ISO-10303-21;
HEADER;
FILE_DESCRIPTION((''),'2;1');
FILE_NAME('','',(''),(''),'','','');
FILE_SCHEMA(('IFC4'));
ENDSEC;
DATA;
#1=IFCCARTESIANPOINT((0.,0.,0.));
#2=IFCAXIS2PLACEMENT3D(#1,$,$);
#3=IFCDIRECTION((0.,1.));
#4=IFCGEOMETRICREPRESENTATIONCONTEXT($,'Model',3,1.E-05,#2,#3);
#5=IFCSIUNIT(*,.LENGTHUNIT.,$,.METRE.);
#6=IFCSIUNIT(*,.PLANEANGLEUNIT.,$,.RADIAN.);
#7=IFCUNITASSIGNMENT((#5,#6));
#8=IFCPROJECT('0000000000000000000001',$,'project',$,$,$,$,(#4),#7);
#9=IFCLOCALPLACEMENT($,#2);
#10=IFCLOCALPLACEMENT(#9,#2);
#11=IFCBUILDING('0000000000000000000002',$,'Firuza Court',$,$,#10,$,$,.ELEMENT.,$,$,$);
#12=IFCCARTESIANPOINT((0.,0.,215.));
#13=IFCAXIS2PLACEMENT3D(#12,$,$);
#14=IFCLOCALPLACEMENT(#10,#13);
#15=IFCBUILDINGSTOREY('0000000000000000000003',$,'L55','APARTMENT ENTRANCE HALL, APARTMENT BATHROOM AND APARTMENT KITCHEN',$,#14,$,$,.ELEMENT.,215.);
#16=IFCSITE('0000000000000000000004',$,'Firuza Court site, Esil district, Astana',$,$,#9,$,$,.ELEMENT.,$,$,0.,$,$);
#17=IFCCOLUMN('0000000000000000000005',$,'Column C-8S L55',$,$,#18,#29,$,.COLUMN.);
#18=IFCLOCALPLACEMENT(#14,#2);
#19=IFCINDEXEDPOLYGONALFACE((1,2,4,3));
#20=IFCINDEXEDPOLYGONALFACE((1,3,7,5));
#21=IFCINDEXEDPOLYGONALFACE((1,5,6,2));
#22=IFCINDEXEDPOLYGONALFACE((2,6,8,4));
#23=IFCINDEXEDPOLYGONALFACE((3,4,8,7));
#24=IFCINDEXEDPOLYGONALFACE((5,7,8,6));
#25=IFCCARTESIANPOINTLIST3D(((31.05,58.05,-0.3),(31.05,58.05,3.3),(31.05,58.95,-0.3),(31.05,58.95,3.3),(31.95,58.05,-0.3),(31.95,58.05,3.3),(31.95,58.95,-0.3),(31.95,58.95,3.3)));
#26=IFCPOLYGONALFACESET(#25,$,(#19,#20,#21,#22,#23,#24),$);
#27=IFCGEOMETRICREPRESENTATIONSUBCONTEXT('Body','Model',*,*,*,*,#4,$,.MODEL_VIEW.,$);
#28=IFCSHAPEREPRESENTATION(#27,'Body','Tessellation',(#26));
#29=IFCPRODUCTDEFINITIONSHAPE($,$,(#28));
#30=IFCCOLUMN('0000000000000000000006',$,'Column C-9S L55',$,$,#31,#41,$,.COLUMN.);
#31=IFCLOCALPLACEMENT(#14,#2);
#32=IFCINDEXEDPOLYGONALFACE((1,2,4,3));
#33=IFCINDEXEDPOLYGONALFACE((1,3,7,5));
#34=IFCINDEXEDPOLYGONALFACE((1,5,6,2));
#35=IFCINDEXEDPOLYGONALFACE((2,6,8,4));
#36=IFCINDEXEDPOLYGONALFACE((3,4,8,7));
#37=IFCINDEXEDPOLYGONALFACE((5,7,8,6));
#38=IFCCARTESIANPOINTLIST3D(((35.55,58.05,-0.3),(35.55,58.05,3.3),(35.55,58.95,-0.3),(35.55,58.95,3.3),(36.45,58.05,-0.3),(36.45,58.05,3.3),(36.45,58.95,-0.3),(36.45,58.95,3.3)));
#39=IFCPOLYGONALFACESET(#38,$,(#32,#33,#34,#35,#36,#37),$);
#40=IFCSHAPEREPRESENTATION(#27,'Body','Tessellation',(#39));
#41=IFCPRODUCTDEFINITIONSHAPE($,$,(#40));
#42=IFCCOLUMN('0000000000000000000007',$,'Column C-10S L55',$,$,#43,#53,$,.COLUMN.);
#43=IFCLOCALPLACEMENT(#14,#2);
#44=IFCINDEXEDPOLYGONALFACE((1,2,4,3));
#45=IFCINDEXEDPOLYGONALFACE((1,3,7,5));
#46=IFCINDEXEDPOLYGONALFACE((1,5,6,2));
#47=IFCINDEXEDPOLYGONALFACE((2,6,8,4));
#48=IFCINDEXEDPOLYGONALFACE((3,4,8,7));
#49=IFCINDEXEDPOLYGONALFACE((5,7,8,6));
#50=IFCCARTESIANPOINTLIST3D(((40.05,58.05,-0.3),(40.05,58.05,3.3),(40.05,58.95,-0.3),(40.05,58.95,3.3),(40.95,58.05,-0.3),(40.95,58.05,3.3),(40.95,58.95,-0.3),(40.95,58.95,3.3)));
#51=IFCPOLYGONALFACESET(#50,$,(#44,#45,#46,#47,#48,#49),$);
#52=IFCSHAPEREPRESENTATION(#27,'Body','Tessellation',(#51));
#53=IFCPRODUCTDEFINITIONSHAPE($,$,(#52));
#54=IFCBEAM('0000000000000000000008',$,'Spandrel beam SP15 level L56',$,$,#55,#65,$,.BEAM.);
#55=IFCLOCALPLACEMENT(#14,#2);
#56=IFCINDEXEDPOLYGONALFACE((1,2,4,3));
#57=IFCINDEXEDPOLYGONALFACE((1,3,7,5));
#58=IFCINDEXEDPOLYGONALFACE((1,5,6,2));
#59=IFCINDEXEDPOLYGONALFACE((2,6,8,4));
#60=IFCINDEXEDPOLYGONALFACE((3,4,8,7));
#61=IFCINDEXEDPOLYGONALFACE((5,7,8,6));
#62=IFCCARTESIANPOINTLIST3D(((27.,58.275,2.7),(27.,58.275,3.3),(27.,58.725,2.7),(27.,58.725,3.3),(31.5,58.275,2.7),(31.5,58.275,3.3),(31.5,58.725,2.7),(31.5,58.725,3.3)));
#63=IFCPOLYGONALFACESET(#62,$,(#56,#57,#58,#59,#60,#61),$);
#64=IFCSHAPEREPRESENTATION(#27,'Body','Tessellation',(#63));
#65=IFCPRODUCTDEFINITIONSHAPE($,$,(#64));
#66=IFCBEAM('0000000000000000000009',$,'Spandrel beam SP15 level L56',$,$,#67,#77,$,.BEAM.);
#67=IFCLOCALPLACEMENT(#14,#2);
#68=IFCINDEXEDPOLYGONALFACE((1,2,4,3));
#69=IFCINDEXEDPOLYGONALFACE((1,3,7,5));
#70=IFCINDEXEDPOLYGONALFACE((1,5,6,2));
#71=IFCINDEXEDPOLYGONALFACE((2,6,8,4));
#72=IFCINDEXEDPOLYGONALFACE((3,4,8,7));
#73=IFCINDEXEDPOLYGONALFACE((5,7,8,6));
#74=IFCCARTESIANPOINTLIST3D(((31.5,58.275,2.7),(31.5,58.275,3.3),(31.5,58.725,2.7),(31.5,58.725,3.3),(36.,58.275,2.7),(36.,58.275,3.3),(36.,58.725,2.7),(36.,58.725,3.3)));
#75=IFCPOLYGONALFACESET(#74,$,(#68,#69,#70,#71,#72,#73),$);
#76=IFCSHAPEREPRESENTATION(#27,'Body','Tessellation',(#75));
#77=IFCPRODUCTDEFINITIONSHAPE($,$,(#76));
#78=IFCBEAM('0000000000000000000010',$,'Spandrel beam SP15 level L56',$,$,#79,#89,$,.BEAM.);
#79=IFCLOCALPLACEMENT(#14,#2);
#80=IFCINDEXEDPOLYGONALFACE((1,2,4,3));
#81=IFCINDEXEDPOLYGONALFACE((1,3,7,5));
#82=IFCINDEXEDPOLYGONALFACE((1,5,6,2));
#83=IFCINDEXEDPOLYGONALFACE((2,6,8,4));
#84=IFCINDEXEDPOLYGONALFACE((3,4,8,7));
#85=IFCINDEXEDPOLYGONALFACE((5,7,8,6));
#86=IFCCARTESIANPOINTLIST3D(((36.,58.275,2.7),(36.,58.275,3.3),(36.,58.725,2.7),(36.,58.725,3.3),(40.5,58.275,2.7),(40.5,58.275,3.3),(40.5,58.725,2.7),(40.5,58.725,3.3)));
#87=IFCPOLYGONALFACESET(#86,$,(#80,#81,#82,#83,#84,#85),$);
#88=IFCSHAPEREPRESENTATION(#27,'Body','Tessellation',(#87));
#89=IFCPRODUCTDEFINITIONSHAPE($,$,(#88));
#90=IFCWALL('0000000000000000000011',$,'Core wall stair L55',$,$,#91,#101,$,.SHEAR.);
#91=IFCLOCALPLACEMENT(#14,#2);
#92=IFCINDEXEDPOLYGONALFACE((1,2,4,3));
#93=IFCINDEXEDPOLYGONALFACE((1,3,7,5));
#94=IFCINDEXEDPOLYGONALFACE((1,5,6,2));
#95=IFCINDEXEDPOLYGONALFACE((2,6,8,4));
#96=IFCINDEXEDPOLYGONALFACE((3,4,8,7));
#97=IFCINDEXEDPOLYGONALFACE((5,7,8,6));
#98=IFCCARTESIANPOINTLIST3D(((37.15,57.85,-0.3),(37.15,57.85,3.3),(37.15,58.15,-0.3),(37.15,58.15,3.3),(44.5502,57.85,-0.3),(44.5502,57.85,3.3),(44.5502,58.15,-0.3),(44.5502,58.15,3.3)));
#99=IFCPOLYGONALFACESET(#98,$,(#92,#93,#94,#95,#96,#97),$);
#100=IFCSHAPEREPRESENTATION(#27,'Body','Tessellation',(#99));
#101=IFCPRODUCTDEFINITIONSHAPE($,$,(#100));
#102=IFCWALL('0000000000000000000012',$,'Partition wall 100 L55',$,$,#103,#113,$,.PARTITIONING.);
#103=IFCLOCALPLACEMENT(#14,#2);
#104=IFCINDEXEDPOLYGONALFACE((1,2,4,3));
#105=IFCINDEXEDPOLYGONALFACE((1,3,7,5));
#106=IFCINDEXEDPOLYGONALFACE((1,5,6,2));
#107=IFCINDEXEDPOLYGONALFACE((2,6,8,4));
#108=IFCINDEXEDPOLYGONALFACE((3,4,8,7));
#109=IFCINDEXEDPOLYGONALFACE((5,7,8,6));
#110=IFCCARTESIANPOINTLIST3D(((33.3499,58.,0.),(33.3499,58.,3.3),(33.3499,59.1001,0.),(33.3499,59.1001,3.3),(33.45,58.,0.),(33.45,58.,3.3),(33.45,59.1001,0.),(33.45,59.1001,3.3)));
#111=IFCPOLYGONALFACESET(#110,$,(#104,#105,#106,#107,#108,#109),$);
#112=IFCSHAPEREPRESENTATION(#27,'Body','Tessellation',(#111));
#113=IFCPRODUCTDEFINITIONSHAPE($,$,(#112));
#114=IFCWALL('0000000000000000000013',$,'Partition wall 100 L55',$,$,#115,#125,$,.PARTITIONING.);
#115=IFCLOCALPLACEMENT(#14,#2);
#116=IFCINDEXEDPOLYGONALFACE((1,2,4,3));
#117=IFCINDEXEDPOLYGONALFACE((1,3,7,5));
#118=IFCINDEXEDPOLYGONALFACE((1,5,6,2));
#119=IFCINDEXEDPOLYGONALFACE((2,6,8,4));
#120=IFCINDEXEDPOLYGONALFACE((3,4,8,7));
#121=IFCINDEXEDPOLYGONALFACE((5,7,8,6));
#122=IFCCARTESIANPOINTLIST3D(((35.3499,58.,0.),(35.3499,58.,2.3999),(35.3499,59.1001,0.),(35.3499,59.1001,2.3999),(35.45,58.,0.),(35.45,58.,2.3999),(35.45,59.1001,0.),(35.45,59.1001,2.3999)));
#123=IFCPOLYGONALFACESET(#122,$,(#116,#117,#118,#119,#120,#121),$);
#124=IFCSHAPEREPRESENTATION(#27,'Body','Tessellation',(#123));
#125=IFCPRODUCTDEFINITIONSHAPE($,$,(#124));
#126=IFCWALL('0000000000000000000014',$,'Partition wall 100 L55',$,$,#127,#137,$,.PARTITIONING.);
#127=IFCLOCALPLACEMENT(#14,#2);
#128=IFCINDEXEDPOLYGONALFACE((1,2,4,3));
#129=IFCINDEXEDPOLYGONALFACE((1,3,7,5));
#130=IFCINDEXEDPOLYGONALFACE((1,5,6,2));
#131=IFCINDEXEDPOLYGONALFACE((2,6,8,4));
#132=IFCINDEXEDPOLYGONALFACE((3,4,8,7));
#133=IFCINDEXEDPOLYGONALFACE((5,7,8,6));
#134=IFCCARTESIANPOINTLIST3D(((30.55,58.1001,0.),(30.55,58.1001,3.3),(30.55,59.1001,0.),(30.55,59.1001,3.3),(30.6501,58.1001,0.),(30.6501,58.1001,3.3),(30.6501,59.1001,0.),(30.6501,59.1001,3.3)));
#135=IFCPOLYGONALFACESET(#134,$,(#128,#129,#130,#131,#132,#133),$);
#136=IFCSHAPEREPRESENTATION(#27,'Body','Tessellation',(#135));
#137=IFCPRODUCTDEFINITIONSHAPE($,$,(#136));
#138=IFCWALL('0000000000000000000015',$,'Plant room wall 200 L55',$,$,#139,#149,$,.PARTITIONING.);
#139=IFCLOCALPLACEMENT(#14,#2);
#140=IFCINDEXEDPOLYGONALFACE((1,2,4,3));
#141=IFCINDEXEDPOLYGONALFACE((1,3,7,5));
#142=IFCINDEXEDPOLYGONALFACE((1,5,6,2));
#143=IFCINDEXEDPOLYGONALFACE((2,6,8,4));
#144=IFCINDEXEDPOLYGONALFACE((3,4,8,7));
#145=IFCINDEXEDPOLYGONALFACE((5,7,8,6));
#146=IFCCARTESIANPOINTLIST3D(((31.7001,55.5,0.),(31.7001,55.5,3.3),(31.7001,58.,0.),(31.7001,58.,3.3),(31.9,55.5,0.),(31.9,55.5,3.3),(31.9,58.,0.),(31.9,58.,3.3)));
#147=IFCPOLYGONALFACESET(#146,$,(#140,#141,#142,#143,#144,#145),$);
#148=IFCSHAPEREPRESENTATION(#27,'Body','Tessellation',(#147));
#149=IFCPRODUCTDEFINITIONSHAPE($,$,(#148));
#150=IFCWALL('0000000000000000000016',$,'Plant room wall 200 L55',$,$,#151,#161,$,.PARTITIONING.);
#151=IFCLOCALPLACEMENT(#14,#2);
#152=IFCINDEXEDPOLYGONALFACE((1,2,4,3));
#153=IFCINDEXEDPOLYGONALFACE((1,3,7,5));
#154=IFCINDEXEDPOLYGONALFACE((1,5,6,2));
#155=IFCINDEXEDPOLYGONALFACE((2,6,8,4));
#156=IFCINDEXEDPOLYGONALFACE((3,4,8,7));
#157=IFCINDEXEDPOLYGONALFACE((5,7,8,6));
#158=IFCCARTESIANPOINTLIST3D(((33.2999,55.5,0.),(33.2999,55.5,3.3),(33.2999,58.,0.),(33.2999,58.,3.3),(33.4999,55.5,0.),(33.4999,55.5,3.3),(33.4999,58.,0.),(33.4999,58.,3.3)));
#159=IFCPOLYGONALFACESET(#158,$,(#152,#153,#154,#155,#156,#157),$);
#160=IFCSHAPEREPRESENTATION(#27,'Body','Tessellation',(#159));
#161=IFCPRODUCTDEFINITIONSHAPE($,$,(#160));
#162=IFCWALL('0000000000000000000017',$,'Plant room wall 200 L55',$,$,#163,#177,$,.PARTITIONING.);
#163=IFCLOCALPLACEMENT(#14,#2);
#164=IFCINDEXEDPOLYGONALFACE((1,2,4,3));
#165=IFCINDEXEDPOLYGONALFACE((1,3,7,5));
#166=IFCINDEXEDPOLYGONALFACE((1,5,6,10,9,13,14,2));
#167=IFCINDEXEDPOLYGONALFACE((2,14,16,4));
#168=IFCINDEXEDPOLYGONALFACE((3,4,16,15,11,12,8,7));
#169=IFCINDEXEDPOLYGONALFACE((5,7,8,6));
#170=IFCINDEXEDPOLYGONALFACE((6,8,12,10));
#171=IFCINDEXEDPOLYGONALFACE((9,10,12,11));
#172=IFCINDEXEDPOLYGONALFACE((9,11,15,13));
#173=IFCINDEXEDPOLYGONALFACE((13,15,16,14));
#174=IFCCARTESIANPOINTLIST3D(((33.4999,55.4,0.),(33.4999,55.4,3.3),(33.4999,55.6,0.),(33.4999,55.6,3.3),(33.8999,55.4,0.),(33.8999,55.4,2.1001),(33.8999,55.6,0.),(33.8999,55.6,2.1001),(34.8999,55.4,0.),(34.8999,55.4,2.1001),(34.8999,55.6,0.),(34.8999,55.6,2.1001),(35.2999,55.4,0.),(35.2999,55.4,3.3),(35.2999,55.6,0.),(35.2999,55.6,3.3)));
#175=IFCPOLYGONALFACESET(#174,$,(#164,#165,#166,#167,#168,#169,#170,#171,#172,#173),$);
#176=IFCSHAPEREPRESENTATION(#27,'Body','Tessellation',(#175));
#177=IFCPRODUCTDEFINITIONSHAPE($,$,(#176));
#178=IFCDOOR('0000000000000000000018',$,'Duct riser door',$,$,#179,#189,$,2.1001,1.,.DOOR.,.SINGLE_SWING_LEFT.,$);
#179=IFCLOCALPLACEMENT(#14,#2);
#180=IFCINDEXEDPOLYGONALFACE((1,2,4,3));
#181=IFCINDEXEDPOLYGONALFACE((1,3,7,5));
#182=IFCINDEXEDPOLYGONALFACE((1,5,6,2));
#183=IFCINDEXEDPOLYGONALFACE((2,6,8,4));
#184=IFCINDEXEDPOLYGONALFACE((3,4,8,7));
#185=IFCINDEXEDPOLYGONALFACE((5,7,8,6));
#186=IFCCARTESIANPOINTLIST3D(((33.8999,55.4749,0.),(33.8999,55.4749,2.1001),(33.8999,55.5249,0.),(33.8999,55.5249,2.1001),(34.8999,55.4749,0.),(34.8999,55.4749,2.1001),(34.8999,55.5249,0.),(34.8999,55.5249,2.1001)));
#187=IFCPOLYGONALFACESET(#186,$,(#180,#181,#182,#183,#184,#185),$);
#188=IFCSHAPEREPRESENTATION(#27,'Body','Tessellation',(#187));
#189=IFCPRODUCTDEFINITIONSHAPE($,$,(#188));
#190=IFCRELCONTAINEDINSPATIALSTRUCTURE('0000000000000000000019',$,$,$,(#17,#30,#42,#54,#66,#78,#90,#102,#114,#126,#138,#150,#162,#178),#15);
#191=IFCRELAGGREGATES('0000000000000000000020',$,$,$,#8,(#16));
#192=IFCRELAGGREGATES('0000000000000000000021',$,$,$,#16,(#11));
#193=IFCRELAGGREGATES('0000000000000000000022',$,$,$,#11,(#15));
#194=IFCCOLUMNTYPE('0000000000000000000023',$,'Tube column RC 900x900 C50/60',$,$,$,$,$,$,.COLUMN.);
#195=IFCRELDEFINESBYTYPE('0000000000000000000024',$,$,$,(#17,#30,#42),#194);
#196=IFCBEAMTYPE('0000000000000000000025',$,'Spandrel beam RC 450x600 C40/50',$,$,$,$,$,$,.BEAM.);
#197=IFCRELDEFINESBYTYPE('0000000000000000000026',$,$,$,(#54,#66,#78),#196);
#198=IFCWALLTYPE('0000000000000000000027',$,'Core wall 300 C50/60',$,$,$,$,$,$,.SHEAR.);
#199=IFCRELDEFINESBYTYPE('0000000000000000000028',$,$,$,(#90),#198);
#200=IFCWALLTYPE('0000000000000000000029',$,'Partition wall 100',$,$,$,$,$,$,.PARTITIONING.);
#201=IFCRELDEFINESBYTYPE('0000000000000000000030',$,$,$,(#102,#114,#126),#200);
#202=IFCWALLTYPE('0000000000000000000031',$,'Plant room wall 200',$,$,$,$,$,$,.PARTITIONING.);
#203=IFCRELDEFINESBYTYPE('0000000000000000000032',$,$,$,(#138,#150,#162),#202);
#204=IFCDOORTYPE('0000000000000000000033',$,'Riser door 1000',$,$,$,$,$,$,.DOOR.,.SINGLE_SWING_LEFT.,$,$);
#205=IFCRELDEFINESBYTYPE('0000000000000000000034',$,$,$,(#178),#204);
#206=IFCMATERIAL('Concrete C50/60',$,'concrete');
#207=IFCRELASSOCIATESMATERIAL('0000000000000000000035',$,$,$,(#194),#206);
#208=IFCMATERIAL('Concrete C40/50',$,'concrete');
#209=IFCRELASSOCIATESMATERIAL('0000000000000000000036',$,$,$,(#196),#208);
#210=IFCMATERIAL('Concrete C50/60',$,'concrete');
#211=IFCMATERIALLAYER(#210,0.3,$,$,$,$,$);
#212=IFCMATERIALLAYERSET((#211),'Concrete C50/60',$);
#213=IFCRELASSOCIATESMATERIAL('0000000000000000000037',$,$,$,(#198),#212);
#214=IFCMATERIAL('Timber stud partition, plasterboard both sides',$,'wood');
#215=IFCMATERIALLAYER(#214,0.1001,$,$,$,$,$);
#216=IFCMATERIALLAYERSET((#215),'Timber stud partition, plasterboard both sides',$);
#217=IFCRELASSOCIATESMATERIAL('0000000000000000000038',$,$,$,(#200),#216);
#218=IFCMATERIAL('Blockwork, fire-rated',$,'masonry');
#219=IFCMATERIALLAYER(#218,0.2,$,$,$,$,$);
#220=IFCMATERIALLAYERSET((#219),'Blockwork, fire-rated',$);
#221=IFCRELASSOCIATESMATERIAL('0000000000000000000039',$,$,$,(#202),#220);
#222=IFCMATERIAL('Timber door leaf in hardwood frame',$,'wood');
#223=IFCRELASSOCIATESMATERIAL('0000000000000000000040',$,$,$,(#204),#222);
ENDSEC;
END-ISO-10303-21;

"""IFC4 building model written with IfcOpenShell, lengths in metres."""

from ifc_helpers import new_model, si_unit, direction, frame, frame_2d, origin, origin_2d, place, context, subcontext, project, spatial, rectangle, extrude, material, layer, layer_set, material_profile, profile_set, type_object, element, fill, save


model = new_model("IFC4")

# Units and contexts
model_context = context("Model", 3, precision=1e-05, world=origin(), true_north=direction((0.0, 1.0)))
body_context = subcontext(model_context, "Body", "Model", "MODEL_VIEW")
ifc_project = project(units=[si_unit("LENGTHUNIT", "METRE"), si_unit("PLANEANGLEUNIT", "RADIAN")], contexts=[model_context])

# Site, building, storey
site_placement = place(None, origin())
site = spatial("IfcSite", under=ifc_project, at=site_placement, Name="Firuza Court site, Esil district, Astana", CompositionType="ELEMENT", RefElevation=0.0)
building_placement = place(site_placement, origin())
building = spatial("IfcBuilding", under=site, at=building_placement, Name="Firuza Court", CompositionType="ELEMENT")
storey_placement = place(building_placement, frame((0.0, 0.0, 215.0)))
storey = spatial("IfcBuildingStorey", under=building, at=storey_placement, Name="L55", Description="APARTMENT ENTRANCE HALL, APARTMENT BATHROOM AND APARTMENT KITCHEN", CompositionType="ELEMENT", Elevation=215.0)

# Columns
ifc_material_1 = material(Name="Concrete C50/60", Category="concrete")
ifc_material_profile_1 = material_profile(ifc_material_1, rectangle(XDim=0.8999, YDim=0.8999, at=origin_2d()), Name="RC 900x900")
ifc_profile_set_1 = profile_set([ifc_material_profile_1], Name="Concrete C50/60")
column_type = type_object("IfcColumnType", Name="Tube column RC 900x900 C50/60", PredefinedType="COLUMN", material=ifc_profile_set_1)
for number, where, z_axis, x_axis, name in (
    (1, (31.5, 58.5, -0.3), (0.0, 0.0, 1.0), (1.0, 0.0, 0.0), "Column C-8S L55"),
    (2, (36.0, 58.5, -0.3), (0.0, 0.0, 1.0), (1.0, 0.0, 0.0), "Column C-9S L55"),
    (3, (40.5, 58.5, -0.3), (0.0, 0.0, 1.0), (1.0, 0.0, 0.0), "Column C-10S L55"),
):
    element("IfcColumn", number, at=place(storey_placement, frame(where, z_axis=z_axis, x_axis=x_axis)), inside=storey, type_object=column_type, Name=name, PredefinedType="COLUMN", context=body_context, shape_type="SweptSolid", body=[
        extrude(rectangle(XDim=0.8999, YDim=0.8999, at=origin_2d()), origin(), (0.0, 0.0, 1.0), 3.6001),
    ])

# Beams
ifc_material_2 = material(Name="Concrete C40/50", Category="concrete")
ifc_material_profile_2 = material_profile(ifc_material_2, rectangle(XDim=0.45, YDim=0.6001, at=origin_2d()), Name="RC 450x600")
ifc_profile_set_2 = profile_set([ifc_material_profile_2], Name="Concrete C40/50")
beam_type = type_object("IfcBeamType", Name="Spandrel beam RC 450x600 C40/50", PredefinedType="BEAM", material=ifc_profile_set_2)
for number, where, z_axis, x_axis, name in (
    (4, (31.5, 58.5, 3.0), (-1.0, 0.0, 0.0), (0.0, -1.0, 0.0), "Spandrel beam SP15 level L56"),
    (5, (36.0, 58.5, 3.0), (-1.0, 0.0, 0.0), (0.0, -1.0, 0.0), "Spandrel beam SP15 level L56"),
    (6, (40.5, 58.5, 3.0), (-1.0, 0.0, 0.0), (0.0, -1.0, 0.0), "Spandrel beam SP15 level L56"),
):
    element("IfcBeam", number, at=place(storey_placement, frame(where, z_axis=z_axis, x_axis=x_axis)), inside=storey, type_object=beam_type, Name=name, PredefinedType="BEAM", context=body_context, shape_type="SweptSolid", body=[
        extrude(rectangle(XDim=0.45, YDim=0.6001, at=origin_2d()), origin(), (0.0, 0.0, 1.0), 4.5),
    ])

# Walls
ifc_material_3 = material(Name="Concrete C50/60", Category="concrete")
ifc_layer_1 = layer(ifc_material_3, 0.3)
ifc_layer_set_1 = layer_set([ifc_layer_1], Name="Concrete C50/60")
wall_type_1 = type_object("IfcWallType", Name="Core wall 300 C50/60", PredefinedType="SHEAR", material=ifc_layer_set_1)
wall_1_placement = place(storey_placement, frame((37.1499, 58.0, -0.3), z_axis=(0.0, 0.0, 1.0), x_axis=(1.0, 0.0, 0.0)))
element("IfcWall", 7, at=wall_1_placement, inside=storey, type_object=wall_type_1, Name="Core wall stair L55", PredefinedType="SHEAR", context=body_context, shape_type="SweptSolid", body=[
    extrude(rectangle(XDim=7.4001, YDim=0.3, at=frame_2d((3.7002, 0.0))), origin(), (0.0, 0.0, 1.0), 3.6001),
])
ifc_material_4 = material(Name="Timber stud partition, plasterboard both sides", Category="wood")
ifc_layer_2 = layer(ifc_material_4, 0.1001)
ifc_layer_set_2 = layer_set([ifc_layer_2], Name="Timber stud partition, plasterboard both sides")
wall_type_2 = type_object("IfcWallType", Name="Partition wall 100", PredefinedType="PARTITIONING", material=ifc_layer_set_2)
wall_2_placement = place(storey_placement, frame((33.3999, 58.0, 0.0), z_axis=(0.0, 0.0, 1.0), x_axis=(0.0, 1.0, 0.0)))
element("IfcWall", 8, at=wall_2_placement, inside=storey, type_object=wall_type_2, Name="Partition wall 100 L55", PredefinedType="PARTITIONING", context=body_context, shape_type="SweptSolid", body=[
    extrude(rectangle(XDim=1.1001, YDim=0.1001, at=frame_2d((0.55, 0.0))), origin(), (0.0, 0.0, 1.0), 3.3),
])
wall_3_placement = place(storey_placement, frame((35.3999, 58.0, 0.0), z_axis=(0.0, 0.0, 1.0), x_axis=(0.0, 1.0, 0.0)))
element("IfcWall", 9, at=wall_3_placement, inside=storey, type_object=wall_type_2, Name="Partition wall 100 L55", PredefinedType="PARTITIONING", context=body_context, shape_type="SweptSolid", body=[
    extrude(rectangle(XDim=1.1001, YDim=0.1001, at=frame_2d((0.55, 0.0))), origin(), (0.0, 0.0, 1.0), 2.3999),
])
wall_4_placement = place(storey_placement, frame((30.6001, 58.1001, 0.0), z_axis=(0.0, 0.0, 1.0), x_axis=(0.0, 1.0, 0.0)))
element("IfcWall", 10, at=wall_4_placement, inside=storey, type_object=wall_type_2, Name="Partition wall 100 L55", PredefinedType="PARTITIONING", context=body_context, shape_type="SweptSolid", body=[
    extrude(rectangle(XDim=1.0, YDim=0.1001, at=frame_2d((0.5, 0.0))), origin(), (0.0, 0.0, 1.0), 3.3),
])
ifc_material_5 = material(Name="Blockwork, fire-rated", Category="masonry")
ifc_layer_3 = layer(ifc_material_5, 0.2)
ifc_layer_set_3 = layer_set([ifc_layer_3], Name="Blockwork, fire-rated")
wall_type_3 = type_object("IfcWallType", Name="Plant room wall 200", PredefinedType="PARTITIONING", material=ifc_layer_set_3)
for number, where, z_axis, x_axis, name in (
    (11, (31.8, 55.5, 0.0), (0.0, 0.0, 1.0), (0.0, 1.0, 0.0), "Plant room wall 200 L55"),
    (12, (33.3999, 55.5, 0.0), (0.0, 0.0, 1.0), (0.0, 1.0, 0.0), "Plant room wall 200 L55"),
):
    element("IfcWall", number, at=place(storey_placement, frame(where, z_axis=z_axis, x_axis=x_axis)), inside=storey, type_object=wall_type_3, Name=name, PredefinedType="PARTITIONING", context=body_context, shape_type="SweptSolid", body=[
        extrude(rectangle(XDim=2.5, YDim=0.2, at=frame_2d((1.25, 0.0))), origin(), (0.0, 0.0, 1.0), 3.3),
    ])

# Wall, opening, door
wall_5_placement = place(storey_placement, frame((33.5, 55.5, 0.0), z_axis=(0.0, 0.0, 1.0), x_axis=(1.0, 0.0, 0.0)))
wall_5 = element("IfcWall", 13, at=wall_5_placement, inside=storey, type_object=wall_type_3, Name="Plant room wall 200 L55", PredefinedType="PARTITIONING", context=body_context, shape_type="SweptSolid", body=[
    extrude(rectangle(XDim=1.8, YDim=0.2, at=frame_2d((0.8999, 0.0))), origin(), (0.0, 0.0, 1.0), 3.3),
])
opening_placement = place(wall_5_placement, frame((0.3999, 0.0, 0.0)))
opening = element("IfcOpeningElement", 14, at=opening_placement, cuts=wall_5, PredefinedType="OPENING", context=body_context, shape_type="SweptSolid", body=[
    extrude(rectangle(XDim=1.0, YDim=2.1001, at=frame_2d((0.5, 1.05))), frame((0.0, 0.1118, 0.0), z_axis=(0.0, -1.0, 0.0), x_axis=(1.0, 0.0, 0.0)), (0.0, 0.0, 1.0), 0.2239),
])
ifc_material_6 = material(Name="Timber door leaf in hardwood frame", Category="wood")
door_type = type_object("IfcDoorType", Name="Riser door 1000", OperationType="SINGLE_SWING_LEFT", PredefinedType="DOOR", material=ifc_material_6)
door_placement = place(opening_placement, origin())
door = element("IfcDoor", 15, at=door_placement, inside=storey, type_object=door_type, Name="Duct riser door", OperationType="SINGLE_SWING_LEFT", OverallHeight=2.1001, OverallWidth=1.0, PredefinedType="DOOR", context=body_context, shape_type="SweptSolid", body=[
    extrude(rectangle(XDim=1.0, YDim=2.1001, at=frame_2d((0.5, 1.05))), frame((0.0, 0.0249, 0.0), z_axis=(0.0, -1.0, 0.0), x_axis=(1.0, 0.0, 0.0)), (0.0, 0.0, 1.0), 0.05),
])
fill(opening, door)

save(model, "model.ifc")
